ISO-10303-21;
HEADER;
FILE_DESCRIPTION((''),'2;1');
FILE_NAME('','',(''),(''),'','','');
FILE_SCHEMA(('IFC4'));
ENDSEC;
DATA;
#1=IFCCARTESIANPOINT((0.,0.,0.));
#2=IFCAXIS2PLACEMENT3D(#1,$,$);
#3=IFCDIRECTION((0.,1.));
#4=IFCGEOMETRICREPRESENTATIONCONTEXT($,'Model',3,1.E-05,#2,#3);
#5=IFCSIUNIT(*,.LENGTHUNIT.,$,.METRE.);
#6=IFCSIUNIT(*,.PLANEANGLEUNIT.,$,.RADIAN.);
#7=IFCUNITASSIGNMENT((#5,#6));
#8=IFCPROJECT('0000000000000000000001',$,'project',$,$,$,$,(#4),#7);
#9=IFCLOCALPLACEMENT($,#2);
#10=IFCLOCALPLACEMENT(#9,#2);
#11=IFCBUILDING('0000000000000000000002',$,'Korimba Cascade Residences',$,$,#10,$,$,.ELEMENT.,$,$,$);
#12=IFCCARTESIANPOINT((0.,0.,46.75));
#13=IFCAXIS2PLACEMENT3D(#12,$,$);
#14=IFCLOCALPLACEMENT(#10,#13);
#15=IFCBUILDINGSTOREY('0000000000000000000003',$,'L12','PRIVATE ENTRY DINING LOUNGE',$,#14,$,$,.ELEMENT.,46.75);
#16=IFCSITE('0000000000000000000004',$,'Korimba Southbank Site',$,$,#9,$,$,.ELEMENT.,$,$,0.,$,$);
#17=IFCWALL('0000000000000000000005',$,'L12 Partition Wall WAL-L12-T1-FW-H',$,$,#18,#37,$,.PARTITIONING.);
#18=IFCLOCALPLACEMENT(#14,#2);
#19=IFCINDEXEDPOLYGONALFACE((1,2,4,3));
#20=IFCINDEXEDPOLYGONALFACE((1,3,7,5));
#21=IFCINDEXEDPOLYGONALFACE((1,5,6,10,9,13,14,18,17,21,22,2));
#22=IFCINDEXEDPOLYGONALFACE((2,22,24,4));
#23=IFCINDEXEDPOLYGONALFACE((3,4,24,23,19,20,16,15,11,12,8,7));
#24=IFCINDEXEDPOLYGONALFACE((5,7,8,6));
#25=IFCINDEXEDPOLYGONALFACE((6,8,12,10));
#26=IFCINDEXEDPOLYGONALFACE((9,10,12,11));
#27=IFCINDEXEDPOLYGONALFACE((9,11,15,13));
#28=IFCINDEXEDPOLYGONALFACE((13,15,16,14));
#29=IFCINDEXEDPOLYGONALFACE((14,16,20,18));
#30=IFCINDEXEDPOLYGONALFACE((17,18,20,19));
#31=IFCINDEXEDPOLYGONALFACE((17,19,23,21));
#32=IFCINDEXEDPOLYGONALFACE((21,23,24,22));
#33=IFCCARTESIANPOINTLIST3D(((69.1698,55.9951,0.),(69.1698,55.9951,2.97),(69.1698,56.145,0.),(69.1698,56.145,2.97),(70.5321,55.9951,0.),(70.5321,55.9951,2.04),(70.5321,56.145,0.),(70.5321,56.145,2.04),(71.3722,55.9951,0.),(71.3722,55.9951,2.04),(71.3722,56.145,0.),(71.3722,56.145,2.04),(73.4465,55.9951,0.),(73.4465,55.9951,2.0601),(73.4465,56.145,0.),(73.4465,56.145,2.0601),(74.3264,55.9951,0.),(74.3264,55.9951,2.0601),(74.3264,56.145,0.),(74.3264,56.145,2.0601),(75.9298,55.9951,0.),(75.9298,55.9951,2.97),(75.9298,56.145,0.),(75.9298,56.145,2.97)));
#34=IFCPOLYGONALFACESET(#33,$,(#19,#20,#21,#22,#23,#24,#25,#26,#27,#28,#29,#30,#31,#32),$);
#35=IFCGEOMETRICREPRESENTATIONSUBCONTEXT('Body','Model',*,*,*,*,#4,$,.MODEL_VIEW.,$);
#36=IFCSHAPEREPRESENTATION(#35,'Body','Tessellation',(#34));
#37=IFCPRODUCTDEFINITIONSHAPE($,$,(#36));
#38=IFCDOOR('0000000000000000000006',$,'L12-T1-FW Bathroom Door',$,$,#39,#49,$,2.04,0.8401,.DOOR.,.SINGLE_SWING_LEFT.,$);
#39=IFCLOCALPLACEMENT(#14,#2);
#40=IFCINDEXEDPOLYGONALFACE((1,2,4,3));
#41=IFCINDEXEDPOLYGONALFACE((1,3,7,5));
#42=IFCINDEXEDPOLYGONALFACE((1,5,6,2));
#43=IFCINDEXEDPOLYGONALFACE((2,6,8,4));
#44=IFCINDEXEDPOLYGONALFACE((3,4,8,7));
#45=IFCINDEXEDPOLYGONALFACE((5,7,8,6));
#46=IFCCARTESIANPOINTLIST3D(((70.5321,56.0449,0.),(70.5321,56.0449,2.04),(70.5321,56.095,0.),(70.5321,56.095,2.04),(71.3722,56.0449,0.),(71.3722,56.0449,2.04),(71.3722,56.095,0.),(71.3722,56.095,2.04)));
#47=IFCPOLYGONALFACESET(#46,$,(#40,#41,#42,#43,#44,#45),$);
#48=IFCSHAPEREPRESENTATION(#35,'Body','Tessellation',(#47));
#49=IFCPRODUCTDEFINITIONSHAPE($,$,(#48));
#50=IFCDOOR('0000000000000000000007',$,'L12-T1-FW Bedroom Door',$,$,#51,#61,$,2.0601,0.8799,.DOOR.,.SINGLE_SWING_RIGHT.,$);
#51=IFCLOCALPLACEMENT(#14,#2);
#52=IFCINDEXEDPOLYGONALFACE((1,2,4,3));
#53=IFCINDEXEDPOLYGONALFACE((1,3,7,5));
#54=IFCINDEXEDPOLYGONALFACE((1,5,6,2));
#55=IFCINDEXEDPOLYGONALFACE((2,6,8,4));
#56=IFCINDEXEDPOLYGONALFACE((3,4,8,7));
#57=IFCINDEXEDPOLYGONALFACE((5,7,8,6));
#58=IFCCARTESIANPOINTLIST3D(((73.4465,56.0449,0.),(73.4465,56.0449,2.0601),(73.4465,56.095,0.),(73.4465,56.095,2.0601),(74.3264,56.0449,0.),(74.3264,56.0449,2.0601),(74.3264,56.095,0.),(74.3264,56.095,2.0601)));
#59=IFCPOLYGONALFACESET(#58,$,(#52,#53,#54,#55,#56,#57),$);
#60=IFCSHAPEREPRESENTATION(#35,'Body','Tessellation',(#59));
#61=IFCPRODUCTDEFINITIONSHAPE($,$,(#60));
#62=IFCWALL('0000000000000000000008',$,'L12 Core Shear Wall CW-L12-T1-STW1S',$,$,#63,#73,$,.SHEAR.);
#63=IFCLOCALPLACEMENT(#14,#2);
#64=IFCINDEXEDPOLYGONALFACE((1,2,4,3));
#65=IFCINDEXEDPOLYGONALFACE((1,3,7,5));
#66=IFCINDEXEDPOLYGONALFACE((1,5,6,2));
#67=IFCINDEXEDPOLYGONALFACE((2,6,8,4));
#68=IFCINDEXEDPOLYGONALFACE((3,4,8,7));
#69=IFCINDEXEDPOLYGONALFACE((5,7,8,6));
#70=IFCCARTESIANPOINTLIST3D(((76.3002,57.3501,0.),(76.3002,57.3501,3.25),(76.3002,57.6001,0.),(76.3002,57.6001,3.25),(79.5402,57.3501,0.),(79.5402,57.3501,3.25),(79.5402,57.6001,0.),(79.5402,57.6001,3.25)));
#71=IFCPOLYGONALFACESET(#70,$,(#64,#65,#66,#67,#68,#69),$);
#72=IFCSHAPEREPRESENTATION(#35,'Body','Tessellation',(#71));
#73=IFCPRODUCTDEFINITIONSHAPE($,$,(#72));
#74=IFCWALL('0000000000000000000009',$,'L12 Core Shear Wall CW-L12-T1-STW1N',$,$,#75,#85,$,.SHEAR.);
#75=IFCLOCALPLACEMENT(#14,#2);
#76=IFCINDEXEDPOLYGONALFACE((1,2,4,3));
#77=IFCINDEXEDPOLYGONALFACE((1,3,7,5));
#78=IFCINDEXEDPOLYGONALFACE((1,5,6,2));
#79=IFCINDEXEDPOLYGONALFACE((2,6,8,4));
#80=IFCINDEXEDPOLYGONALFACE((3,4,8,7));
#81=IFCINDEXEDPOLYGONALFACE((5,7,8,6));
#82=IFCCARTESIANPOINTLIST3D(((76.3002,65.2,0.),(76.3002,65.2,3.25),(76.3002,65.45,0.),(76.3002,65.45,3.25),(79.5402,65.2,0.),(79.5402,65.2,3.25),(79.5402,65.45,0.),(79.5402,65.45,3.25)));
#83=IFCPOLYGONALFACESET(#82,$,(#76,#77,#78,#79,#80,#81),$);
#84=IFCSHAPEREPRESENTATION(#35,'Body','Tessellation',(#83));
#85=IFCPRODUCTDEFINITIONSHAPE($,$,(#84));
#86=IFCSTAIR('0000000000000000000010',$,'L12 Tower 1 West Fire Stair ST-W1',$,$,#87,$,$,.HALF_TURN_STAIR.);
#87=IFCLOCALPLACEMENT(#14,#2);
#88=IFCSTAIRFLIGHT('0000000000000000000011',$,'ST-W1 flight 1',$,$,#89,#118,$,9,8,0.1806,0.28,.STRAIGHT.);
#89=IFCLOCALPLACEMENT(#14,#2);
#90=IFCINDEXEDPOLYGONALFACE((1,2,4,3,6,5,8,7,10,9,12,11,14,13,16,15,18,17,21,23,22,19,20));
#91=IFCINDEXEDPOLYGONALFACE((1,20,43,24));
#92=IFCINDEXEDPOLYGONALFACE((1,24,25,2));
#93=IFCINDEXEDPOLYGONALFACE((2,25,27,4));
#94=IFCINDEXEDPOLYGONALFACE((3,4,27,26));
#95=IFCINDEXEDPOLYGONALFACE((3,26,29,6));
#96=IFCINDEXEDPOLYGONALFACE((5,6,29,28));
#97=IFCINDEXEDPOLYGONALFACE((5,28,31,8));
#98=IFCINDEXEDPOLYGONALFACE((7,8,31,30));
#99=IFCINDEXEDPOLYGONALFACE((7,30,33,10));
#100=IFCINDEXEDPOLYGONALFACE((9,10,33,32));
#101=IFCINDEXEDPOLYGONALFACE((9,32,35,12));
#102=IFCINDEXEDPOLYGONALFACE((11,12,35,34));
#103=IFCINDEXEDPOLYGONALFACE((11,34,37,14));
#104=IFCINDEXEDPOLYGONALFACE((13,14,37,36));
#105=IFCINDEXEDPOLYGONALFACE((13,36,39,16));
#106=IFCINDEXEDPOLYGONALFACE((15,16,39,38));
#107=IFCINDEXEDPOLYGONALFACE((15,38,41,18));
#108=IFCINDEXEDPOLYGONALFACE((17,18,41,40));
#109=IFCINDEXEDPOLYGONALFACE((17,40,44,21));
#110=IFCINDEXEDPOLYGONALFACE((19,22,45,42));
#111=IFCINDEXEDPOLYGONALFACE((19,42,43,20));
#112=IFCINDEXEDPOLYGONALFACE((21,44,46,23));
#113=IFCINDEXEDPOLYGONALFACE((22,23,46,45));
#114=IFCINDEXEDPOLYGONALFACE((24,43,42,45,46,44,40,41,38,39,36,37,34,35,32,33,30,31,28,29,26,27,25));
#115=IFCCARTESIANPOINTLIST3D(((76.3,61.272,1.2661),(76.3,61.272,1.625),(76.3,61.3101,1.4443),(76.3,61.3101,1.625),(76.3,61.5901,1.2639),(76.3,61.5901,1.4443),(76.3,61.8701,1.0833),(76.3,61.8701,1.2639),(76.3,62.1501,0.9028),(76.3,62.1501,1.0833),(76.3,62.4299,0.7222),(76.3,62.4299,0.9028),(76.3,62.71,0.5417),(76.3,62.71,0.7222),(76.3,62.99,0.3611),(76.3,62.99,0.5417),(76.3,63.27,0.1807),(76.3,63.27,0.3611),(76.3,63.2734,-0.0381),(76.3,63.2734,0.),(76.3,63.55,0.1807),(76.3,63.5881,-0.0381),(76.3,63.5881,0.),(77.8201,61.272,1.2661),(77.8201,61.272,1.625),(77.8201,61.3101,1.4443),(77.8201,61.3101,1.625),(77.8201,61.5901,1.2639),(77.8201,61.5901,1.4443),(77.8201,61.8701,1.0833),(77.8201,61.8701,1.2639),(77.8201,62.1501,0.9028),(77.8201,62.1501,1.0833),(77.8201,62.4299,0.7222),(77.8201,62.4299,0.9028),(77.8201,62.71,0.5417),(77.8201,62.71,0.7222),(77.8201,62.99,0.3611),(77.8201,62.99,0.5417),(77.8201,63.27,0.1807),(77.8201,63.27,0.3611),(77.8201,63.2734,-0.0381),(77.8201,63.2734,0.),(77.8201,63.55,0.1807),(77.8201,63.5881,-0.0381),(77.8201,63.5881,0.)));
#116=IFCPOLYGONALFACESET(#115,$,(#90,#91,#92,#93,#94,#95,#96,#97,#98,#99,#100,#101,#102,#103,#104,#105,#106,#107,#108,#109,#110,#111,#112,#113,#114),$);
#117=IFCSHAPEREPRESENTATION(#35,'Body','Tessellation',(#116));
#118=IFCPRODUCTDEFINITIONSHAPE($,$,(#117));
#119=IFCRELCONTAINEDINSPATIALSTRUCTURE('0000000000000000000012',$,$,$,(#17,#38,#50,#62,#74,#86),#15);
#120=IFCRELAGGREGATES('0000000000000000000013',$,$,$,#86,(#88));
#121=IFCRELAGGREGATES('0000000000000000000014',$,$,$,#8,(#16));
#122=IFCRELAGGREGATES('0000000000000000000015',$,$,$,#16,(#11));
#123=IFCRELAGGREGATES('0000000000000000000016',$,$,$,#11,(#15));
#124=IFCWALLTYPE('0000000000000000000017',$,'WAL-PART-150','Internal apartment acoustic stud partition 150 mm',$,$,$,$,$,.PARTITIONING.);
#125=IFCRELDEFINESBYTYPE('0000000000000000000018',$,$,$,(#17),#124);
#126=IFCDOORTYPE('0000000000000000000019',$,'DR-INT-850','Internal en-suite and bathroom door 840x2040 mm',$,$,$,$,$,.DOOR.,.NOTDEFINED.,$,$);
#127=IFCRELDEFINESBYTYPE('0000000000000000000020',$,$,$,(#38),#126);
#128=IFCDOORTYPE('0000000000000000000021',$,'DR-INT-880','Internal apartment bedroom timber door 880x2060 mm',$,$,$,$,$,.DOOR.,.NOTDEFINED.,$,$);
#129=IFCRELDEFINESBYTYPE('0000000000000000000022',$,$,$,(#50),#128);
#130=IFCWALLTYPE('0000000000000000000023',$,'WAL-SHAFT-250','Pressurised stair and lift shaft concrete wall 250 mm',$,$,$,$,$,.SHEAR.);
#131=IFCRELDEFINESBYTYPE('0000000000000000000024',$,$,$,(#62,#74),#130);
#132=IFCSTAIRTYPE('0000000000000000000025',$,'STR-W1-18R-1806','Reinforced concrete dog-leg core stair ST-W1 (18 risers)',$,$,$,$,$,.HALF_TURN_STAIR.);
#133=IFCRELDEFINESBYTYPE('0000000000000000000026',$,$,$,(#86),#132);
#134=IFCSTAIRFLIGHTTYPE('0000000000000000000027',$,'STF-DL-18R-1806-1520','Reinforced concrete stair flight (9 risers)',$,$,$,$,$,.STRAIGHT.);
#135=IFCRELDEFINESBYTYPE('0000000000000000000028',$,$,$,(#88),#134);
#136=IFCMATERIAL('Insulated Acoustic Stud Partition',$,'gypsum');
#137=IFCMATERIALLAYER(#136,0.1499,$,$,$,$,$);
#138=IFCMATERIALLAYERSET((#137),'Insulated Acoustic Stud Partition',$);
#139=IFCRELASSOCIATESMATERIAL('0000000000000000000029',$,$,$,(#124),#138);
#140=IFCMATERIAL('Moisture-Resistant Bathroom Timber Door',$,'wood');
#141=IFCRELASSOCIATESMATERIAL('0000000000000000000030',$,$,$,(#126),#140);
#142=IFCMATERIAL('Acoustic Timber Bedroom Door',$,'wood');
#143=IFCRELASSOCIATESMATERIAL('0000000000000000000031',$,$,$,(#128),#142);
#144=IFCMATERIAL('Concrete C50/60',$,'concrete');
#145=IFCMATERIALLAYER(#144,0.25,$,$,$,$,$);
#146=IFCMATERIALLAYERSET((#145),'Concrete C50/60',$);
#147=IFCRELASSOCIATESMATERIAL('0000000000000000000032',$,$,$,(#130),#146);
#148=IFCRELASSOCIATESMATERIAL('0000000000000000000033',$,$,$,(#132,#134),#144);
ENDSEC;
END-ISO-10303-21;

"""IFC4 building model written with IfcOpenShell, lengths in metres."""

from ifc_helpers import new_model, si_unit, direction, frame, frame_2d, origin, place, context, subcontext, project, spatial, polyline, rectangle, outline, extrude, material, layer, layer_set, type_object, element, fill, aggregate, save


model = new_model("IFC4")

# Units and contexts
model_context = context("Model", 3, precision=1e-05, world=origin(), true_north=direction((0.0, 1.0)))
body_context = subcontext(model_context, "Body", "Model", "MODEL_VIEW")
ifc_project = project(units=[si_unit("LENGTHUNIT", "METRE"), si_unit("PLANEANGLEUNIT", "RADIAN")], contexts=[model_context])

# Site, building, storey
site_placement = place(None, origin())
site = spatial("IfcSite", under=ifc_project, at=site_placement, Name="Korimba Southbank Site", CompositionType="ELEMENT", RefElevation=0.0)
building_placement = place(site_placement, origin())
building = spatial("IfcBuilding", under=site, at=building_placement, Name="Korimba Cascade Residences", CompositionType="ELEMENT")
storey_placement = place(building_placement, frame((0.0, 0.0, 46.75)))
storey = spatial("IfcBuildingStorey", under=building, at=storey_placement, Name="L12", Description="PRIVATE ENTRY DINING LOUNGE", CompositionType="ELEMENT", Elevation=46.75)

# Shared definitions
ifc_material_1 = material(Name="Concrete C50/60", Category="concrete")

# Shared definitions
ifc_material_2 = material(Name="Insulated Acoustic Stud Partition", Category="gypsum")
ifc_layer_1 = layer(ifc_material_2, 0.1499)
ifc_layer_set_1 = layer_set([ifc_layer_1], Name="Insulated Acoustic Stud Partition")
wall_type_1 = type_object("IfcWallType", Name="WAL-PART-150", Description="Internal apartment acoustic stud partition 150 mm", PredefinedType="PARTITIONING", material=ifc_layer_set_1)

# Wall, openings, doors
wall_1_placement = place(storey_placement, frame((69.1699, 56.0701, 0.0), z_axis=(0.0, 0.0, 1.0), x_axis=(1.0, 0.0, 0.0)))
wall_1 = element("IfcWall", 1, at=wall_1_placement, inside=storey, type_object=wall_type_1, Name="L12 Partition Wall WAL-L12-T1-FW-H", PredefinedType="PARTITIONING", context=body_context, shape_type="SweptSolid", body=[
    extrude(rectangle(XDim=6.76, YDim=0.1499, at=frame_2d((3.3799, 0.0))), origin(), (0.0, 0.0, 1.0), 2.97),
])
opening_1_placement = place(wall_1_placement, frame((1.3623, 0.0, 0.0)))
opening_1 = element("IfcOpeningElement", 2, at=opening_1_placement, cuts=wall_1, PredefinedType="OPENING", context=body_context, shape_type="SweptSolid", body=[
    extrude(rectangle(XDim=0.8401, YDim=2.04, at=frame_2d((0.4199, 1.02))), frame((0.0, 0.085, 0.0), z_axis=(0.0, -1.0, 0.0), x_axis=(1.0, 0.0, 0.0)), (0.0, 0.0, 1.0), 0.1699),
])
opening_2_placement = place(wall_1_placement, frame((4.2766, 0.0, 0.0)))
opening_2 = element("IfcOpeningElement", 3, at=opening_2_placement, cuts=wall_1, PredefinedType="OPENING", context=body_context, shape_type="SweptSolid", body=[
    extrude(rectangle(XDim=0.8799, YDim=2.0601, at=frame_2d((0.4399, 1.03))), frame((0.0, 0.085, 0.0), z_axis=(0.0, -1.0, 0.0), x_axis=(1.0, 0.0, 0.0)), (0.0, 0.0, 1.0), 0.1699),
])
ifc_material_3 = material(Name="Moisture-Resistant Bathroom Timber Door", Category="wood")
door_type_1 = type_object("IfcDoorType", Name="DR-INT-850", Description="Internal en-suite and bathroom door 840x2040 mm", OperationType="NOTDEFINED", PredefinedType="DOOR", material=ifc_material_3)
door_1_placement = place(opening_1_placement, origin())
door_1 = element("IfcDoor", 4, at=door_1_placement, inside=storey, type_object=door_type_1, Name="L12-T1-FW Bathroom Door", OperationType="SINGLE_SWING_LEFT", OverallHeight=2.04, OverallWidth=0.8401, PredefinedType="DOOR", context=body_context, shape_type="SweptSolid", body=[
    extrude(rectangle(XDim=0.8401, YDim=2.04, at=frame_2d((0.4199, 1.02))), frame((0.0, 0.0249, 0.0), z_axis=(0.0, -1.0, 0.0), x_axis=(1.0, 0.0, 0.0)), (0.0, 0.0, 1.0), 0.05),
])
fill(opening_1, door_1)
ifc_material_4 = material(Name="Acoustic Timber Bedroom Door", Category="wood")
door_type_2 = type_object("IfcDoorType", Name="DR-INT-880", Description="Internal apartment bedroom timber door 880x2060 mm", OperationType="NOTDEFINED", PredefinedType="DOOR", material=ifc_material_4)
door_2_placement = place(opening_2_placement, origin())
door_2 = element("IfcDoor", 5, at=door_2_placement, inside=storey, type_object=door_type_2, Name="L12-T1-FW Bedroom Door", OperationType="SINGLE_SWING_RIGHT", OverallHeight=2.0601, OverallWidth=0.8799, PredefinedType="DOOR", context=body_context, shape_type="SweptSolid", body=[
    extrude(rectangle(XDim=0.8799, YDim=2.0601, at=frame_2d((0.4399, 1.03))), frame((0.0, 0.0249, 0.0), z_axis=(0.0, -1.0, 0.0), x_axis=(1.0, 0.0, 0.0)), (0.0, 0.0, 1.0), 0.05),
])
fill(opening_2, door_2)

# Walls
ifc_layer_2 = layer(ifc_material_1, 0.25)
ifc_layer_set_2 = layer_set([ifc_layer_2], Name="Concrete C50/60")
wall_type_2 = type_object("IfcWallType", Name="WAL-SHAFT-250", Description="Pressurised stair and lift shaft concrete wall 250 mm", PredefinedType="SHEAR", material=ifc_layer_set_2)
for number, where, z_axis, x_axis, name in (
    (6, (76.3, 57.4751, 0.0), (0.0, 0.0, 1.0), (1.0, 0.0, 0.0), "L12 Core Shear Wall CW-L12-T1-STW1S"),
    (7, (76.3, 65.325, 0.0), (0.0, 0.0, 1.0), (1.0, 0.0, 0.0), "L12 Core Shear Wall CW-L12-T1-STW1N"),
):
    element("IfcWall", number, at=place(storey_placement, frame(where, z_axis=z_axis, x_axis=x_axis)), inside=storey, type_object=wall_type_2, Name=name, PredefinedType="SHEAR", context=body_context, shape_type="SweptSolid", body=[
        extrude(rectangle(XDim=3.24, YDim=0.25, at=frame_2d((1.6201, 0.0))), origin(), (0.0, 0.0, 1.0), 3.25),
    ])

# Stair, stair flight
stair_type = type_object("IfcStairType", Name="STR-W1-18R-1806", Description="Reinforced concrete dog-leg core stair ST-W1 (18 risers)", PredefinedType="HALF_TURN_STAIR", material=ifc_material_1)
stair_placement = place(storey_placement, origin())
stair = element("IfcStair", 8, at=stair_placement, inside=storey, type_object=stair_type, Name="L12 Tower 1 West Fire Stair ST-W1", PredefinedType="HALF_TURN_STAIR")
stair_flight_type = type_object("IfcStairFlightType", Name="STF-DL-18R-1806-1520", Description="Reinforced concrete stair flight (9 risers)", PredefinedType="STRAIGHT", material=ifc_material_1)
stair_flight_placement = place(storey_placement, frame((77.0601, 63.55, 0.0), z_axis=(0.0, 0.0, 1.0), x_axis=(0.0, -1.0, 0.0)))
stair_flight = element("IfcStairFlight", 9, at=stair_flight_placement, type_object=stair_flight_type, Name="ST-W1 flight 1", NumberOfRisers=9, NumberOfTreads=8, PredefinedType="STRAIGHT", RiserHeight=0.1806, TreadLength=0.28, context=body_context, shape_type="SweptSolid", body=[
    extrude(outline(polyline([(-0.0381, 0.0), (0.0, 0.1807), (0.28, 0.1807), (0.28, 0.3611), (0.5601, 0.3611), (0.5601, 0.5417), (0.8401, 0.5417), (0.8401, 0.7222), (1.1201, 0.7222), (1.1201, 0.9028), (1.3999, 0.9028), (1.3999, 1.0833), (1.6799, 1.0833), (1.6799, 1.2639), (1.96, 1.2639), (1.96, 1.4443), (2.24, 1.4443), (2.24, 1.625), (2.2781, 1.625), (2.2781, 1.2661), (0.2766, 0.0), (0.2766, -0.0381), (-0.0381, -0.0381), (-0.0381, 0.0)])), frame((0.0, 0.76, 0.0), z_axis=(0.0, -1.0, 0.0), x_axis=(1.0, 0.0, 0.0)), (0.0, 0.0, 1.0), 1.52),
])
aggregate(stair, [stair_flight])

save(model, "model.ifc")
